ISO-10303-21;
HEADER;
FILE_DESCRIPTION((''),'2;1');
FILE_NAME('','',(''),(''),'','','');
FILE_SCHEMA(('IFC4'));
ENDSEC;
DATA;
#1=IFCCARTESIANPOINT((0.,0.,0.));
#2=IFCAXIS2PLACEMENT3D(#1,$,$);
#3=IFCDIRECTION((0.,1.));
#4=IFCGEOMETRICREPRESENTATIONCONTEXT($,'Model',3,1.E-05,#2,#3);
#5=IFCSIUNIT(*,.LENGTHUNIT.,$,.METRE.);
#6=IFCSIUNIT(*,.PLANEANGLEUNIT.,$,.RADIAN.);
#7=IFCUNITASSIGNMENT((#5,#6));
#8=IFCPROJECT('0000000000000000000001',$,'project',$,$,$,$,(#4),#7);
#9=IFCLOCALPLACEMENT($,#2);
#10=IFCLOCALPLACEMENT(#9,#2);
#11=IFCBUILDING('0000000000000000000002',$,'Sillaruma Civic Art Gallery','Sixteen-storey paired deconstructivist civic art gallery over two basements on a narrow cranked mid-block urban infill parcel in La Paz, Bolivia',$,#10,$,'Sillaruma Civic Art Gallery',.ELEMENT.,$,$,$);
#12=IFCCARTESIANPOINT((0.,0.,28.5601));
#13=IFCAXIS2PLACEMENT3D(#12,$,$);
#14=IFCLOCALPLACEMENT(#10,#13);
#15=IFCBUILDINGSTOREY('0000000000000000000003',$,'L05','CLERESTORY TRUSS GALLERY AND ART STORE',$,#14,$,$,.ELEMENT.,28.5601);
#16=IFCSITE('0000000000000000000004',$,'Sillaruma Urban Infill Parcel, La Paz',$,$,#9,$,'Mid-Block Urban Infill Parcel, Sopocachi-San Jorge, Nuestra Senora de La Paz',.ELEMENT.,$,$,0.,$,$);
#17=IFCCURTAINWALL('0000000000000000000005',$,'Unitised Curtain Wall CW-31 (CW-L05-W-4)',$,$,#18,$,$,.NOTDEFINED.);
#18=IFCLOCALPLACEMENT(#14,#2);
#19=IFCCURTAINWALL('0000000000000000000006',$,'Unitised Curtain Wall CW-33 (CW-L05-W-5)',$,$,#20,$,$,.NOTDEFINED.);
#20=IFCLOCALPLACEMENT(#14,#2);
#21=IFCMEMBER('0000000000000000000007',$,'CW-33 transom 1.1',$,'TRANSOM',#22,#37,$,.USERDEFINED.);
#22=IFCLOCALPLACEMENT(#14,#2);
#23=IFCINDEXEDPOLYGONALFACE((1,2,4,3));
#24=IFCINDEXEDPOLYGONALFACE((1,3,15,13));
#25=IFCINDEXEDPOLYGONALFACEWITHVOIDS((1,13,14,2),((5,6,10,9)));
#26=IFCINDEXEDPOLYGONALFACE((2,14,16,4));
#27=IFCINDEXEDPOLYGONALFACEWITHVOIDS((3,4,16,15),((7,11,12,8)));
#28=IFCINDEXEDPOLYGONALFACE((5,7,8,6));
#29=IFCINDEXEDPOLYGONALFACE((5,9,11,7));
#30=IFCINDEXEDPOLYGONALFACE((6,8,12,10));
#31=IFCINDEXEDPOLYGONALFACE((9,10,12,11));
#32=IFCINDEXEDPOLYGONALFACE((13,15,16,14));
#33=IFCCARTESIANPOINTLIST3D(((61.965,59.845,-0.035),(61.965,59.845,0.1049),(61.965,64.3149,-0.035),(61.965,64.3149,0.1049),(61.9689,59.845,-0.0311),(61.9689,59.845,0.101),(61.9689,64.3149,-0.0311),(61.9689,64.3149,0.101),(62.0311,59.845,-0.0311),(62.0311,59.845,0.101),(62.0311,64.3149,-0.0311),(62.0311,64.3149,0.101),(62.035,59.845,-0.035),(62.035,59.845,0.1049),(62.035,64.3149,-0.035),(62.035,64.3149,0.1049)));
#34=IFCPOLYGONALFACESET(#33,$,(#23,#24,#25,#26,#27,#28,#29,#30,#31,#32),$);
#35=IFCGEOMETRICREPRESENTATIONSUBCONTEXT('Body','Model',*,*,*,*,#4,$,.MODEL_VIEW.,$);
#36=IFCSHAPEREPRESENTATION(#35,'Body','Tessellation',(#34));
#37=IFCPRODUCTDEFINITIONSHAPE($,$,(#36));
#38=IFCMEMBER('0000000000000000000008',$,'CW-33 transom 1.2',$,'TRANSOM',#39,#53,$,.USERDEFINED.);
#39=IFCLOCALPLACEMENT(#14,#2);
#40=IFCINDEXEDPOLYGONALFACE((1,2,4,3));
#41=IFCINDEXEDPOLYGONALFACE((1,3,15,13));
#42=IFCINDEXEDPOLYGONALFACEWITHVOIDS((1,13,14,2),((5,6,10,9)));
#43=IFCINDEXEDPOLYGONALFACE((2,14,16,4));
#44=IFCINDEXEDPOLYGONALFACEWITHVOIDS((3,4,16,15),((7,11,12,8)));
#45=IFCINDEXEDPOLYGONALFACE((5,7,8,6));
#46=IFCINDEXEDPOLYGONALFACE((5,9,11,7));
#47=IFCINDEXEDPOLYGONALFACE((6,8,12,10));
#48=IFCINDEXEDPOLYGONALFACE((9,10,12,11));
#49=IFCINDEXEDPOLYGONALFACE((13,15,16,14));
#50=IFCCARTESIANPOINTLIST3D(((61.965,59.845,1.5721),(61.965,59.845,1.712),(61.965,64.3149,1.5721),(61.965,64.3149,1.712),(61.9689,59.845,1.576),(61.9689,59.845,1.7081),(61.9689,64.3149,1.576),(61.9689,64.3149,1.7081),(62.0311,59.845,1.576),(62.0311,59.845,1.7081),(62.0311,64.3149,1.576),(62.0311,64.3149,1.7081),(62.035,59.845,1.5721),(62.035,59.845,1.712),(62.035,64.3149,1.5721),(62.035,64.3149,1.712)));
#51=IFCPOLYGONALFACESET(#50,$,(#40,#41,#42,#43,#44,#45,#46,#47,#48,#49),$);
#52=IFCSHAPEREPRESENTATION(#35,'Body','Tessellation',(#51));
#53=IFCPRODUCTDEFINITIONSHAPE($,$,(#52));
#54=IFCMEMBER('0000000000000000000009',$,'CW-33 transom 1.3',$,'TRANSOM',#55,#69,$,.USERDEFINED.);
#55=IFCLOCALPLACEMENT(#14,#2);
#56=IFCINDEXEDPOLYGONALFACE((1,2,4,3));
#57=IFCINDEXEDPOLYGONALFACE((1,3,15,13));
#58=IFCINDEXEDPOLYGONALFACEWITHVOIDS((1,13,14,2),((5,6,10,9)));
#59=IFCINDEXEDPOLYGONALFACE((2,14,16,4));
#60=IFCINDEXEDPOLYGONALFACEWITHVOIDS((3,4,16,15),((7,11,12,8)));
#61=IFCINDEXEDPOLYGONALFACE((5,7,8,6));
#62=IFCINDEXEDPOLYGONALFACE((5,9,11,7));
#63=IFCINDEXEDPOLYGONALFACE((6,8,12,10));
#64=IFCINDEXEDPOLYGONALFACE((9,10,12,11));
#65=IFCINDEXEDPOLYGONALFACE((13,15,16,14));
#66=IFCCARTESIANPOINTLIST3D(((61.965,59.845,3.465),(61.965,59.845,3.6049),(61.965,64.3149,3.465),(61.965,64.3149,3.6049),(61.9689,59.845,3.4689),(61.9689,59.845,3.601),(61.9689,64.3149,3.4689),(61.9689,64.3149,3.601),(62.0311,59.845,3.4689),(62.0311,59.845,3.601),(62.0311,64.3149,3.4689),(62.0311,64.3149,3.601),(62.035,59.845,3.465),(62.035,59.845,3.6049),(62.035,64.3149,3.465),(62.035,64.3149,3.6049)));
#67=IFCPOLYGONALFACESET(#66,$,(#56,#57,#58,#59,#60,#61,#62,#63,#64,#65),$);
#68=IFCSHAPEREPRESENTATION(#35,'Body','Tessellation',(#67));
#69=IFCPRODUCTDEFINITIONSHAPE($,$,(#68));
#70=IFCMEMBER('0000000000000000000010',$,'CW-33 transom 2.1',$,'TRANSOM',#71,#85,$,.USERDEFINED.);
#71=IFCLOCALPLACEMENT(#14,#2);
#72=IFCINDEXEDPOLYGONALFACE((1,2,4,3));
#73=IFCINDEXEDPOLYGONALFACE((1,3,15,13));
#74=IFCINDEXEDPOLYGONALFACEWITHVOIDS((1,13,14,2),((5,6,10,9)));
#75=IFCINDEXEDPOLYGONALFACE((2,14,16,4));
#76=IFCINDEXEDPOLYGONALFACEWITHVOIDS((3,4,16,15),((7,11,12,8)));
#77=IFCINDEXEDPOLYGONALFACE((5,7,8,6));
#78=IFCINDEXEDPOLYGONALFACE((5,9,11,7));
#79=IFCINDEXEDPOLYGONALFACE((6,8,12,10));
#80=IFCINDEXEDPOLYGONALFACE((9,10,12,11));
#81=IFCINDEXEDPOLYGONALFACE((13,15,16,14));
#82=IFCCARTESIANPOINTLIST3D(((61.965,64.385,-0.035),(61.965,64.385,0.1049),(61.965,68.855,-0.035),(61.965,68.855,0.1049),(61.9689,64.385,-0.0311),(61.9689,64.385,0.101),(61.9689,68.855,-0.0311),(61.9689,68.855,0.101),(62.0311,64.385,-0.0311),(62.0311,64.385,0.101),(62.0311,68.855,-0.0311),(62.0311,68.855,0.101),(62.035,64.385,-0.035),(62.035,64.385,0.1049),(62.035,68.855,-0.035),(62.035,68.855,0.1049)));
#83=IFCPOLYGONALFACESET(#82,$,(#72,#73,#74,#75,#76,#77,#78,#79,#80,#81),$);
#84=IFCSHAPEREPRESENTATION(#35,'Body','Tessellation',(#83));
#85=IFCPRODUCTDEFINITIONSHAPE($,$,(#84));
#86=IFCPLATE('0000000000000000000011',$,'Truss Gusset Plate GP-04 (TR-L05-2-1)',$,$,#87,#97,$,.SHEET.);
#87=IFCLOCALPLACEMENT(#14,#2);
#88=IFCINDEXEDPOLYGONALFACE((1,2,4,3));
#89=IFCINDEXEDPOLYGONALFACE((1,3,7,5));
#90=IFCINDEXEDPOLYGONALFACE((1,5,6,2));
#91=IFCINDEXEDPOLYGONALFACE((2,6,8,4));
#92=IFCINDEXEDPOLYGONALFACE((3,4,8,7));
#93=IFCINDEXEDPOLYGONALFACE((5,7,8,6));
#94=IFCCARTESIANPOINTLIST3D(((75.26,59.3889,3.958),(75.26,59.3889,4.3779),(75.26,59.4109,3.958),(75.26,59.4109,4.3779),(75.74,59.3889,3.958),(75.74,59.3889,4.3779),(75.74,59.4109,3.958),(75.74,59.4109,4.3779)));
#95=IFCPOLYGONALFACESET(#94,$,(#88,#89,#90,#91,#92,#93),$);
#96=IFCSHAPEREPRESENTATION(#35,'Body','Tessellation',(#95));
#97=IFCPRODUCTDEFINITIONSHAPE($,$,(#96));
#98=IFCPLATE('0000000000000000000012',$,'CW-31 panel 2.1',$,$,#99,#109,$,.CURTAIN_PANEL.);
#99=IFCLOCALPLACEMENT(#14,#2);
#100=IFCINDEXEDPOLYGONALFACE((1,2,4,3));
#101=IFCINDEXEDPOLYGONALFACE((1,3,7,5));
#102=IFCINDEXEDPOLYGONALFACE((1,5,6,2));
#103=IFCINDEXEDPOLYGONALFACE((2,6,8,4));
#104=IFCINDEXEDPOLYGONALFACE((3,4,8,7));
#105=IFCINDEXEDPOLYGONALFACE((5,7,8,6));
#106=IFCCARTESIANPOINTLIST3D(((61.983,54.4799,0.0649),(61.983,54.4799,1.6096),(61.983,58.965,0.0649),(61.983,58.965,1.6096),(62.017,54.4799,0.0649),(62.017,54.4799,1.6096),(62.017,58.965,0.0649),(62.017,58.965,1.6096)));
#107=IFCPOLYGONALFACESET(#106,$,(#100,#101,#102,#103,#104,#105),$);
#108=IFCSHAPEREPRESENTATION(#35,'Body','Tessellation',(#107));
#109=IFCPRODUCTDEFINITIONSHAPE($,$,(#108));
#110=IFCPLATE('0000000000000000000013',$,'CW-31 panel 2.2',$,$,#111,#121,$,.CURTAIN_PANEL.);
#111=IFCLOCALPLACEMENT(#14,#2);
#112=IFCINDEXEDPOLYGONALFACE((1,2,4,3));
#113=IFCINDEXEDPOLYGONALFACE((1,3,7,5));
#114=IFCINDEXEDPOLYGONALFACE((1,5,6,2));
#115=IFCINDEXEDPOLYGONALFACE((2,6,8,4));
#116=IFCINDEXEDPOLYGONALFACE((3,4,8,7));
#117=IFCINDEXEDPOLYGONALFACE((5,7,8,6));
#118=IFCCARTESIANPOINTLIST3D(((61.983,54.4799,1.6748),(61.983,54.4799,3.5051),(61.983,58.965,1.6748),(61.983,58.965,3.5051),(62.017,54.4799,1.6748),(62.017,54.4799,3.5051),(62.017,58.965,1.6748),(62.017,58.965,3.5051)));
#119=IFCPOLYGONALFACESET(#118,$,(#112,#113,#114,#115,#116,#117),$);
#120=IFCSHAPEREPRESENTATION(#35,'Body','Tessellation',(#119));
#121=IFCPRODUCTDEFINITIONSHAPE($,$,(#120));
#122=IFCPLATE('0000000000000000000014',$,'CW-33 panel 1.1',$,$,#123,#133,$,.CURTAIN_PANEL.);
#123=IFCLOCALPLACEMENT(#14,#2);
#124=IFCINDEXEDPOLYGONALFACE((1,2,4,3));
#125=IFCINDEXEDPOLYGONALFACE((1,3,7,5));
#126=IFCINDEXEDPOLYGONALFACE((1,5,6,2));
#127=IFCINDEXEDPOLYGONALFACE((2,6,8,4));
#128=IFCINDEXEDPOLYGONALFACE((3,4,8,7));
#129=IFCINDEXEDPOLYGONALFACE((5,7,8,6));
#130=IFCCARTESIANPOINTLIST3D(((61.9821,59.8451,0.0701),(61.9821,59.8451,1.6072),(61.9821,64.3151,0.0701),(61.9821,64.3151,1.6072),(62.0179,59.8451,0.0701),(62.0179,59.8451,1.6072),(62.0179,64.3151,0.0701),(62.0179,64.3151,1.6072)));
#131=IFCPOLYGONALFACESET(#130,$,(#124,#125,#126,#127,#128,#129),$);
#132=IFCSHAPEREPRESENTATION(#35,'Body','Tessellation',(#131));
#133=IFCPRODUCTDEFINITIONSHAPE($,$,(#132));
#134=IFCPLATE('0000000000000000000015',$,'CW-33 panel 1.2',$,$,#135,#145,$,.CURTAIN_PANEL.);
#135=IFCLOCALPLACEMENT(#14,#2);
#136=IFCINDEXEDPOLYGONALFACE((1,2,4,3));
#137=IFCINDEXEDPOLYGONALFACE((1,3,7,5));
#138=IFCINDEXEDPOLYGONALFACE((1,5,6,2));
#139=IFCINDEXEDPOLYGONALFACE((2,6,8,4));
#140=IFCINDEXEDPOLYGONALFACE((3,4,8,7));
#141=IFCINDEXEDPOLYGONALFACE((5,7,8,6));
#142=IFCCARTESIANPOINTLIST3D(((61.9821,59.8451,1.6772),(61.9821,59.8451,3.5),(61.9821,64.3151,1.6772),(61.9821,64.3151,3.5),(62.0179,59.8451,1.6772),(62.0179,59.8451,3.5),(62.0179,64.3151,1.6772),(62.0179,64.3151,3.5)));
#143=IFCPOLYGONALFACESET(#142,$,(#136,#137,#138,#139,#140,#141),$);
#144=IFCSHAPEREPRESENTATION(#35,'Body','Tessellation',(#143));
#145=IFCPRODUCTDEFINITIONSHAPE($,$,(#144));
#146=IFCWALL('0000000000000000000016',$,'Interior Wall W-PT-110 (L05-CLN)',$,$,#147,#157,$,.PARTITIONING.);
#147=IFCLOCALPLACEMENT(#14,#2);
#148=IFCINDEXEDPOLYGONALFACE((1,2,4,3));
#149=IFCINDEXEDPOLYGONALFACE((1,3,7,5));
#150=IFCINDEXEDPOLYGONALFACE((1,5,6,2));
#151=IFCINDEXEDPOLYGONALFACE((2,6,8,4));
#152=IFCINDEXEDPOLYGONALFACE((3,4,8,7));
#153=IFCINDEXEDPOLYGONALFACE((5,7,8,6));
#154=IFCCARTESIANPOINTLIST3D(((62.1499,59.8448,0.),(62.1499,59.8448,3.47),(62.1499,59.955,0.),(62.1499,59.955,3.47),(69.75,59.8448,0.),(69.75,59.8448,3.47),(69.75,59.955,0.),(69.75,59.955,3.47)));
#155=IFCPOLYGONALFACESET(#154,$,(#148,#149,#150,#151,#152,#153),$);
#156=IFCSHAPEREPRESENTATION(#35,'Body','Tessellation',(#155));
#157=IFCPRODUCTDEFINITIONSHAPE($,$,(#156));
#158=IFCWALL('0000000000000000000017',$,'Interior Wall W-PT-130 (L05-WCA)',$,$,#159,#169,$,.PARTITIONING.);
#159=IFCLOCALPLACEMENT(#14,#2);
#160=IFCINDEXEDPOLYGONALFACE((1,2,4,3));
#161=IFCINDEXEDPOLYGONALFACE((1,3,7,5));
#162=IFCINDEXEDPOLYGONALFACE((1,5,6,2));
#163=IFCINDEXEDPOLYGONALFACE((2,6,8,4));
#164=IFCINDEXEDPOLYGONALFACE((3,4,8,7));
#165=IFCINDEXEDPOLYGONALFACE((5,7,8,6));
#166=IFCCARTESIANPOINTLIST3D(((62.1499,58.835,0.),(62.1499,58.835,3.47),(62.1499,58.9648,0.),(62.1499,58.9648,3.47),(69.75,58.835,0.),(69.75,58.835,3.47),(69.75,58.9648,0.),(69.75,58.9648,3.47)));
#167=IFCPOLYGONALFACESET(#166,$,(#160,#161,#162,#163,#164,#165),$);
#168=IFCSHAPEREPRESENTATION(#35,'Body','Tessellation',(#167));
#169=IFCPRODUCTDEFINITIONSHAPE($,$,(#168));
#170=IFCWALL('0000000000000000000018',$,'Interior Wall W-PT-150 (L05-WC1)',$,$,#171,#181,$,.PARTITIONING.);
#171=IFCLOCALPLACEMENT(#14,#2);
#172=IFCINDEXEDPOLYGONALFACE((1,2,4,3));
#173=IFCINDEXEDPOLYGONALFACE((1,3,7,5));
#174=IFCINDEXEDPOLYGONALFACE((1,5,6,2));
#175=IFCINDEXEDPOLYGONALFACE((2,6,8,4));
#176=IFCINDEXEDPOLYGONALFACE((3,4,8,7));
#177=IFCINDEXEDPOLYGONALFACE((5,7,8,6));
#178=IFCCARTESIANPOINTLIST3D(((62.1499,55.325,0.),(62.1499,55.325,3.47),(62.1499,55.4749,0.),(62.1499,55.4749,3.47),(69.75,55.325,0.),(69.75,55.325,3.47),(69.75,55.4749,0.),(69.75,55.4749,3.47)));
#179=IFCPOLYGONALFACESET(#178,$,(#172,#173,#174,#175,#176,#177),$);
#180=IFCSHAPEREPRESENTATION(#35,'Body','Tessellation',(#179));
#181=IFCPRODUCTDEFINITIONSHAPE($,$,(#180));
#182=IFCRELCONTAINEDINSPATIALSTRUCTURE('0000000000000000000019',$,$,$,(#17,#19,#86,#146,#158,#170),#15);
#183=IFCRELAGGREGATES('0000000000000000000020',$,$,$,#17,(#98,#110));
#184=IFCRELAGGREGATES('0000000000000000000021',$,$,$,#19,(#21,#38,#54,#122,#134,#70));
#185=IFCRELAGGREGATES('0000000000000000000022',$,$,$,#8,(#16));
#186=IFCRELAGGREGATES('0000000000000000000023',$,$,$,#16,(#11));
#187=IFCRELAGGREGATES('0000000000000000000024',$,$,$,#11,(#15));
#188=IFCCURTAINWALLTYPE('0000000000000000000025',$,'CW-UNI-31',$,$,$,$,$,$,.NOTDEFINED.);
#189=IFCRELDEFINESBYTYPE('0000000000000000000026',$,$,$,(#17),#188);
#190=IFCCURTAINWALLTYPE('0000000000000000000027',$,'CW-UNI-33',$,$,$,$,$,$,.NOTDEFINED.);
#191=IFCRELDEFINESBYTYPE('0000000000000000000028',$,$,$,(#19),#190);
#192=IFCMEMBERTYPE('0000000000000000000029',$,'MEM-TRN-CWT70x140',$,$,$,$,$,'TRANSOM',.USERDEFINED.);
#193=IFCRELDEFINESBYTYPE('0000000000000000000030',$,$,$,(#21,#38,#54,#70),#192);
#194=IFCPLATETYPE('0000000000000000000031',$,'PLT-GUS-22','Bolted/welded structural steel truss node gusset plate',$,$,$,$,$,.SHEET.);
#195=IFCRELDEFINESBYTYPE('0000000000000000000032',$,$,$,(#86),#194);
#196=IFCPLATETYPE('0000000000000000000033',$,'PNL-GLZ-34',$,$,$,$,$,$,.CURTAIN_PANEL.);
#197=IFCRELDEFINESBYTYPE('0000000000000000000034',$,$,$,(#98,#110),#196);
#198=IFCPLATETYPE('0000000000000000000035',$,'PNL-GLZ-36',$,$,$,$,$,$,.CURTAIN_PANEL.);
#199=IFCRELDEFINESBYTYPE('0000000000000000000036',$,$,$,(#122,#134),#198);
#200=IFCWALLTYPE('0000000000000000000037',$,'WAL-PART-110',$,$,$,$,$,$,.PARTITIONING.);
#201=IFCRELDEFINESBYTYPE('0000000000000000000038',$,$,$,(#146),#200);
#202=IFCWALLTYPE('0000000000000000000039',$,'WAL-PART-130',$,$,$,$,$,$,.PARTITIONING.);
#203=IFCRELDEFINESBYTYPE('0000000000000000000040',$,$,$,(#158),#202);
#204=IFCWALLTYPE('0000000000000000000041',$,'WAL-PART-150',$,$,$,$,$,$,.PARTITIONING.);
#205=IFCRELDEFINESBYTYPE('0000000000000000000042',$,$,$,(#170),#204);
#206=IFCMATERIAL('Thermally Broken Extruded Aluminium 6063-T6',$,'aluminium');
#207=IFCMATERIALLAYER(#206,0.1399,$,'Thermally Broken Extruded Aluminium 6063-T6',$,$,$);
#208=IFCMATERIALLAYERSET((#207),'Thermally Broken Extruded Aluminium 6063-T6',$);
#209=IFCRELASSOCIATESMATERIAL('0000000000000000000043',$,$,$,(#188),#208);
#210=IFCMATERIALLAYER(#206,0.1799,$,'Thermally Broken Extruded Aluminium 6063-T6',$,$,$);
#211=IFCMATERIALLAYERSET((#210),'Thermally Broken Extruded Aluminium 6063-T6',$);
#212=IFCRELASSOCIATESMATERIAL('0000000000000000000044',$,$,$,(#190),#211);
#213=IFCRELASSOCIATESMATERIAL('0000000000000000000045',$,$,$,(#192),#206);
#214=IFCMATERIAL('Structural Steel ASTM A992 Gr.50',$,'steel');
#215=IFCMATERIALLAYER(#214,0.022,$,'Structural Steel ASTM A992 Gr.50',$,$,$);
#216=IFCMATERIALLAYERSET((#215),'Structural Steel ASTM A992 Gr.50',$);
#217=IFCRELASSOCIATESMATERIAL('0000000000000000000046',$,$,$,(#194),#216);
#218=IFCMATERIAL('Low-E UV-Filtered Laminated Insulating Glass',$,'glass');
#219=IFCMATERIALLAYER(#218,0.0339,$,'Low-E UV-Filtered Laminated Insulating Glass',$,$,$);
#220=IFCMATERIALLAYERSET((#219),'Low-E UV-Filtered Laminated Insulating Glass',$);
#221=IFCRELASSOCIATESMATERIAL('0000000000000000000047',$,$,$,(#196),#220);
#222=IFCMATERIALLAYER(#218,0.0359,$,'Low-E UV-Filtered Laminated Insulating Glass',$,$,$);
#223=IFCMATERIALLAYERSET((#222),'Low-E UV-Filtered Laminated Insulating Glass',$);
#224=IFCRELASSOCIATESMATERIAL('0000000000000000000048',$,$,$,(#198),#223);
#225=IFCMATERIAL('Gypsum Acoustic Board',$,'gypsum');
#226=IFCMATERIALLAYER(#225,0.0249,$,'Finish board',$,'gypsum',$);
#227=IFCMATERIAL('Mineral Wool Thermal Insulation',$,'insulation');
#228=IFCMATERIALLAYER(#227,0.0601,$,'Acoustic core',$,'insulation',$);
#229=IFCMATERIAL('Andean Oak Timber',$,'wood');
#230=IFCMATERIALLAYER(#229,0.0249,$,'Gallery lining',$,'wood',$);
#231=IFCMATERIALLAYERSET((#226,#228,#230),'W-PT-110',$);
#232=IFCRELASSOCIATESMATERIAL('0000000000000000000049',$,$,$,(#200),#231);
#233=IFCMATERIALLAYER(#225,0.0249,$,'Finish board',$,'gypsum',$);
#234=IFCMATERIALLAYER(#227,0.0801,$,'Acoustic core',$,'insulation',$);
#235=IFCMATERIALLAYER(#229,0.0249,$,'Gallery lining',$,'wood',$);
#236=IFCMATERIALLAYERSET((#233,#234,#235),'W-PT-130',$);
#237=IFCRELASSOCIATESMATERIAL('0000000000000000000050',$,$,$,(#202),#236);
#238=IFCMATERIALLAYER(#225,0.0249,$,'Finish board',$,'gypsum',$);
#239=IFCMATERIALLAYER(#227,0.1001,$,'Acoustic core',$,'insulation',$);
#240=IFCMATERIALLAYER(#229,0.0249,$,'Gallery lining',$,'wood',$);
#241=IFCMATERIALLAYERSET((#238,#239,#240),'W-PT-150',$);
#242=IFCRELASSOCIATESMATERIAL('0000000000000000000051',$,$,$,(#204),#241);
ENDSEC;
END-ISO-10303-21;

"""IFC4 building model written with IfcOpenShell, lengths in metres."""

from ifc_helpers import new_model, si_unit, direction, frame, frame_2d, origin, origin_2d, place, context, subcontext, project, spatial, rectangle, hollow_rectangle, extrude, material, layer, layer_set, material_profile, profile_set, type_object, element, aggregate, save


model = new_model("IFC4")

# Units and contexts
model_context = context("Model", 3, precision=1e-05, world=origin(), true_north=direction((0.0, 1.0)))
body_context = subcontext(model_context, "Body", "Model", "MODEL_VIEW")
ifc_project = project(units=[si_unit("LENGTHUNIT", "METRE"), si_unit("PLANEANGLEUNIT", "RADIAN")], contexts=[model_context])

# Site, building, storey
site_placement = place(None, origin())
site = spatial("IfcSite", under=ifc_project, at=site_placement, Name="Sillaruma Urban Infill Parcel, La Paz", LongName="Mid-Block Urban Infill Parcel, Sopocachi-San Jorge, Nuestra Senora de La Paz", CompositionType="ELEMENT", RefElevation=0.0)
building_placement = place(site_placement, origin())
building = spatial("IfcBuilding", under=site, at=building_placement, Name="Sillaruma Civic Art Gallery", Description="Sixteen-storey paired deconstructivist civic art gallery over two basements on a narrow cranked mid-block urban infill parcel in La Paz, Bolivia", LongName="Sillaruma Civic Art Gallery", CompositionType="ELEMENT")
storey_placement = place(building_placement, frame((0.0, 0.0, 28.5601)))
storey = spatial("IfcBuildingStorey", under=building, at=storey_placement, Name="L05", Description="CLERESTORY TRUSS GALLERY AND ART STORE", CompositionType="ELEMENT", Elevation=28.5601)

# Shared definitions
ifc_material_1 = material(Name="Structural Steel ASTM A992 Gr.50", Category="steel")

# Curtain wall
ifc_material_2 = material(Name="Thermally Broken Extruded Aluminium 6063-T6", Category="aluminium")
ifc_layer_1 = layer(ifc_material_2, 0.1399, Name="Thermally Broken Extruded Aluminium 6063-T6")
ifc_layer_set_1 = layer_set([ifc_layer_1], Name="Thermally Broken Extruded Aluminium 6063-T6")
curtain_wall_type_1 = type_object("IfcCurtainWallType", Name="CW-UNI-31", PredefinedType="NOTDEFINED", material=ifc_layer_set_1)
curtain_wall_1_placement = place(storey_placement, origin())
curtain_wall_1 = element("IfcCurtainWall", 1, at=curtain_wall_1_placement, inside=storey, type_object=curtain_wall_type_1, Name="Unitised Curtain Wall CW-31 (CW-L05-W-4)", PredefinedType="NOTDEFINED")

# Curtain wall
ifc_layer_2 = layer(ifc_material_2, 0.1799, Name="Thermally Broken Extruded Aluminium 6063-T6")
ifc_layer_set_2 = layer_set([ifc_layer_2], Name="Thermally Broken Extruded Aluminium 6063-T6")
curtain_wall_type_2 = type_object("IfcCurtainWallType", Name="CW-UNI-33", PredefinedType="NOTDEFINED", material=ifc_layer_set_2)
curtain_wall_2_placement = place(storey_placement, origin())
curtain_wall_2 = element("IfcCurtainWall", 2, at=curtain_wall_2_placement, inside=storey, type_object=curtain_wall_type_2, Name="Unitised Curtain Wall CW-33 (CW-L05-W-5)", PredefinedType="NOTDEFINED")

# Members
ifc_material_profile_1 = material_profile(ifc_material_2, hollow_rectangle(XDim=0.0701, YDim=0.1399, WallThickness=0.0039, at=origin_2d()), Name="CWT70x140")
ifc_profile_set_1 = profile_set([ifc_material_profile_1], Name="Thermally Broken Extruded Aluminium 6063-T6")
member_type_1 = type_object("IfcMemberType", Name="MEM-TRN-CWT70x140", ElementType="TRANSOM", PredefinedType="USERDEFINED", material=ifc_profile_set_1)
member_1_placement = place(storey_placement, frame((62.0, 59.845, 0.0349), z_axis=(0.0, 1.0, 0.0), x_axis=(-1.0, 0.0, 0.0)))
member_1 = element("IfcMember", 3, at=member_1_placement, type_object=member_type_1, Name="CW-33 transom 1.1", ObjectType="TRANSOM", PredefinedType="USERDEFINED", context=body_context, shape_type="SweptSolid", body=[
    extrude(hollow_rectangle(XDim=0.0701, YDim=0.1399, WallThickness=0.0039, at=origin_2d()), origin(), (0.0, 0.0, 1.0), 4.47),
])
member_2_placement = place(storey_placement, frame((62.0, 59.845, 1.6421), z_axis=(0.0, 1.0, 0.0), x_axis=(-1.0, 0.0, 0.0)))
member_2 = element("IfcMember", 4, at=member_2_placement, type_object=member_type_1, Name="CW-33 transom 1.2", ObjectType="TRANSOM", PredefinedType="USERDEFINED", context=body_context, shape_type="SweptSolid", body=[
    extrude(hollow_rectangle(XDim=0.0701, YDim=0.1399, WallThickness=0.0039, at=origin_2d()), origin(), (0.0, 0.0, 1.0), 4.47),
])
member_3_placement = place(storey_placement, frame((62.0, 59.845, 3.5349), z_axis=(0.0, 1.0, 0.0), x_axis=(-1.0, 0.0, 0.0)))
member_3 = element("IfcMember", 5, at=member_3_placement, type_object=member_type_1, Name="CW-33 transom 1.3", ObjectType="TRANSOM", PredefinedType="USERDEFINED", context=body_context, shape_type="SweptSolid", body=[
    extrude(hollow_rectangle(XDim=0.0701, YDim=0.1399, WallThickness=0.0039, at=origin_2d()), origin(), (0.0, 0.0, 1.0), 4.47),
])
member_4_placement = place(storey_placement, frame((62.0, 64.385, 0.0349), z_axis=(0.0, 1.0, 0.0), x_axis=(-1.0, 0.0, 0.0)))
member_4 = element("IfcMember", 6, at=member_4_placement, type_object=member_type_1, Name="CW-33 transom 2.1", ObjectType="TRANSOM", PredefinedType="USERDEFINED", context=body_context, shape_type="SweptSolid", body=[
    extrude(hollow_rectangle(XDim=0.0701, YDim=0.1399, WallThickness=0.0039, at=origin_2d()), origin(), (0.0, 0.0, 1.0), 4.47),
])

# Plates
ifc_layer_3 = layer(ifc_material_1, 0.022, Name="Structural Steel ASTM A992 Gr.50")
ifc_layer_set_3 = layer_set([ifc_layer_3], Name="Structural Steel ASTM A992 Gr.50")
plate_type_1 = type_object("IfcPlateType", Name="PLT-GUS-22", Description="Bolted/welded structural steel truss node gusset plate", PredefinedType="SHEET", material=ifc_layer_set_3)
plate_1_placement = place(storey_placement, frame((75.5, 59.3999, 3.958), z_axis=(0.0, 0.0, 1.0), x_axis=(1.0, 0.0, 0.0)))
element("IfcPlate", 7, at=plate_1_placement, inside=storey, type_object=plate_type_1, Name="Truss Gusset Plate GP-04 (TR-L05-2-1)", PredefinedType="SHEET", context=body_context, shape_type="SweptSolid", body=[
    extrude(rectangle(XDim=0.48, YDim=0.022, at=origin_2d()), origin(), (0.0, 0.0, 1.0), 0.4199),
])
ifc_material_3 = material(Name="Low-E UV-Filtered Laminated Insulating Glass", Category="glass")
ifc_layer_4 = layer(ifc_material_3, 0.0339, Name="Low-E UV-Filtered Laminated Insulating Glass")
ifc_layer_set_4 = layer_set([ifc_layer_4], Name="Low-E UV-Filtered Laminated Insulating Glass")
plate_type_2 = type_object("IfcPlateType", Name="PNL-GLZ-34", PredefinedType="CURTAIN_PANEL", material=ifc_layer_set_4)
plate_2_placement = place(storey_placement, frame((62.0, 56.7224, 0.0649), z_axis=(0.0, 0.0, 1.0), x_axis=(0.0, 1.0, 0.0)))
plate_2 = element("IfcPlate", 8, at=plate_2_placement, type_object=plate_type_2, Name="CW-31 panel 2.1", PredefinedType="CURTAIN_PANEL", context=body_context, shape_type="SweptSolid", body=[
    extrude(rectangle(XDim=4.4851, YDim=0.0339, at=origin_2d()), origin(), (0.0, 0.0, 1.0), 1.5447),
])
plate_3_placement = place(storey_placement, frame((62.0, 56.7224, 1.6748), z_axis=(0.0, 0.0, 1.0), x_axis=(0.0, 1.0, 0.0)))
plate_3 = element("IfcPlate", 9, at=plate_3_placement, type_object=plate_type_2, Name="CW-31 panel 2.2", PredefinedType="CURTAIN_PANEL", context=body_context, shape_type="SweptSolid", body=[
    extrude(rectangle(XDim=4.4851, YDim=0.0339, at=origin_2d()), origin(), (0.0, 0.0, 1.0), 1.8303),
])
aggregate(curtain_wall_1, [plate_2, plate_3])
ifc_layer_5 = layer(ifc_material_3, 0.0359, Name="Low-E UV-Filtered Laminated Insulating Glass")
ifc_layer_set_5 = layer_set([ifc_layer_5], Name="Low-E UV-Filtered Laminated Insulating Glass")
plate_type_3 = type_object("IfcPlateType", Name="PNL-GLZ-36", PredefinedType="CURTAIN_PANEL", material=ifc_layer_set_5)
plate_4_placement = place(storey_placement, frame((62.0, 62.0801, 0.0701), z_axis=(0.0, 0.0, 1.0), x_axis=(0.0, 1.0, 0.0)))
plate_4 = element("IfcPlate", 10, at=plate_4_placement, type_object=plate_type_3, Name="CW-33 panel 1.1", PredefinedType="CURTAIN_PANEL", context=body_context, shape_type="SweptSolid", body=[
    extrude(rectangle(XDim=4.47, YDim=0.0359, at=origin_2d()), origin(), (0.0, 0.0, 1.0), 1.5371),
])
plate_5_placement = place(storey_placement, frame((62.0, 62.0801, 1.6772), z_axis=(0.0, 0.0, 1.0), x_axis=(0.0, 1.0, 0.0)))
plate_5 = element("IfcPlate", 11, at=plate_5_placement, type_object=plate_type_3, Name="CW-33 panel 1.2", PredefinedType="CURTAIN_PANEL", context=body_context, shape_type="SweptSolid", body=[
    extrude(rectangle(XDim=4.47, YDim=0.0359, at=origin_2d()), origin(), (0.0, 0.0, 1.0), 1.8228),
])
aggregate(curtain_wall_2, [member_1, member_2, member_3, plate_4, plate_5, member_4])

# Wall
ifc_material_4 = material(Name="Gypsum Acoustic Board", Category="gypsum")
ifc_layer_6 = layer(ifc_material_4, 0.0249, Name="Finish board", Category="gypsum")
ifc_material_5 = material(Name="Mineral Wool Thermal Insulation", Category="insulation")
ifc_layer_7 = layer(ifc_material_5, 0.0601, Name="Acoustic core", Category="insulation")
ifc_material_6 = material(Name="Andean Oak Timber", Category="wood")
ifc_layer_8 = layer(ifc_material_6, 0.0249, Name="Gallery lining", Category="wood")
ifc_layer_set_6 = layer_set([ifc_layer_6, ifc_layer_7, ifc_layer_8], Name="W-PT-110")
wall_type_1 = type_object("IfcWallType", Name="WAL-PART-110", PredefinedType="PARTITIONING", material=ifc_layer_set_6)
wall_1_placement = place(storey_placement, frame((62.1499, 59.8999, 0.0), z_axis=(0.0, 0.0, 1.0), x_axis=(1.0, 0.0, 0.0)))
element("IfcWall", 12, at=wall_1_placement, inside=storey, type_object=wall_type_1, Name="Interior Wall W-PT-110 (L05-CLN)", PredefinedType="PARTITIONING", context=body_context, shape_type="SweptSolid", body=[
    extrude(rectangle(XDim=7.6001, YDim=0.1101, at=frame_2d((3.8, 0.0))), origin(), (0.0, 0.0, 1.0), 3.47),
])

# Walls
ifc_layer_9 = layer(ifc_material_4, 0.0249, Name="Finish board", Category="gypsum")
ifc_layer_10 = layer(ifc_material_5, 0.0801, Name="Acoustic core", Category="insulation")
ifc_layer_11 = layer(ifc_material_6, 0.0249, Name="Gallery lining", Category="wood")
ifc_layer_set_7 = layer_set([ifc_layer_9, ifc_layer_10, ifc_layer_11], Name="W-PT-130")
wall_type_2 = type_object("IfcWallType", Name="WAL-PART-130", PredefinedType="PARTITIONING", material=ifc_layer_set_7)
wall_2_placement = place(storey_placement, frame((62.1499, 58.8999, 0.0), z_axis=(0.0, 0.0, 1.0), x_axis=(1.0, 0.0, 0.0)))
element("IfcWall", 13, at=wall_2_placement, inside=storey, type_object=wall_type_2, Name="Interior Wall W-PT-130 (L05-WCA)", PredefinedType="PARTITIONING", context=body_context, shape_type="SweptSolid", body=[
    extrude(rectangle(XDim=7.6001, YDim=0.1299, at=frame_2d((3.8, 0.0))), origin(), (0.0, 0.0, 1.0), 3.47),
])
ifc_layer_12 = layer(ifc_material_4, 0.0249, Name="Finish board", Category="gypsum")
ifc_layer_13 = layer(ifc_material_5, 0.1001, Name="Acoustic core", Category="insulation")
ifc_layer_14 = layer(ifc_material_6, 0.0249, Name="Gallery lining", Category="wood")
ifc_layer_set_8 = layer_set([ifc_layer_12, ifc_layer_13, ifc_layer_14], Name="W-PT-150")
wall_type_3 = type_object("IfcWallType", Name="WAL-PART-150", PredefinedType="PARTITIONING", material=ifc_layer_set_8)
wall_3_placement = place(storey_placement, frame((62.1499, 55.3999, 0.0), z_axis=(0.0, 0.0, 1.0), x_axis=(1.0, 0.0, 0.0)))
element("IfcWall", 14, at=wall_3_placement, inside=storey, type_object=wall_type_3, Name="Interior Wall W-PT-150 (L05-WC1)", PredefinedType="PARTITIONING", context=body_context, shape_type="SweptSolid", body=[
    extrude(rectangle(XDim=7.6001, YDim=0.1499, at=frame_2d((3.8, 0.0))), origin(), (0.0, 0.0, 1.0), 3.47),
])

save(model, "model.ifc")
